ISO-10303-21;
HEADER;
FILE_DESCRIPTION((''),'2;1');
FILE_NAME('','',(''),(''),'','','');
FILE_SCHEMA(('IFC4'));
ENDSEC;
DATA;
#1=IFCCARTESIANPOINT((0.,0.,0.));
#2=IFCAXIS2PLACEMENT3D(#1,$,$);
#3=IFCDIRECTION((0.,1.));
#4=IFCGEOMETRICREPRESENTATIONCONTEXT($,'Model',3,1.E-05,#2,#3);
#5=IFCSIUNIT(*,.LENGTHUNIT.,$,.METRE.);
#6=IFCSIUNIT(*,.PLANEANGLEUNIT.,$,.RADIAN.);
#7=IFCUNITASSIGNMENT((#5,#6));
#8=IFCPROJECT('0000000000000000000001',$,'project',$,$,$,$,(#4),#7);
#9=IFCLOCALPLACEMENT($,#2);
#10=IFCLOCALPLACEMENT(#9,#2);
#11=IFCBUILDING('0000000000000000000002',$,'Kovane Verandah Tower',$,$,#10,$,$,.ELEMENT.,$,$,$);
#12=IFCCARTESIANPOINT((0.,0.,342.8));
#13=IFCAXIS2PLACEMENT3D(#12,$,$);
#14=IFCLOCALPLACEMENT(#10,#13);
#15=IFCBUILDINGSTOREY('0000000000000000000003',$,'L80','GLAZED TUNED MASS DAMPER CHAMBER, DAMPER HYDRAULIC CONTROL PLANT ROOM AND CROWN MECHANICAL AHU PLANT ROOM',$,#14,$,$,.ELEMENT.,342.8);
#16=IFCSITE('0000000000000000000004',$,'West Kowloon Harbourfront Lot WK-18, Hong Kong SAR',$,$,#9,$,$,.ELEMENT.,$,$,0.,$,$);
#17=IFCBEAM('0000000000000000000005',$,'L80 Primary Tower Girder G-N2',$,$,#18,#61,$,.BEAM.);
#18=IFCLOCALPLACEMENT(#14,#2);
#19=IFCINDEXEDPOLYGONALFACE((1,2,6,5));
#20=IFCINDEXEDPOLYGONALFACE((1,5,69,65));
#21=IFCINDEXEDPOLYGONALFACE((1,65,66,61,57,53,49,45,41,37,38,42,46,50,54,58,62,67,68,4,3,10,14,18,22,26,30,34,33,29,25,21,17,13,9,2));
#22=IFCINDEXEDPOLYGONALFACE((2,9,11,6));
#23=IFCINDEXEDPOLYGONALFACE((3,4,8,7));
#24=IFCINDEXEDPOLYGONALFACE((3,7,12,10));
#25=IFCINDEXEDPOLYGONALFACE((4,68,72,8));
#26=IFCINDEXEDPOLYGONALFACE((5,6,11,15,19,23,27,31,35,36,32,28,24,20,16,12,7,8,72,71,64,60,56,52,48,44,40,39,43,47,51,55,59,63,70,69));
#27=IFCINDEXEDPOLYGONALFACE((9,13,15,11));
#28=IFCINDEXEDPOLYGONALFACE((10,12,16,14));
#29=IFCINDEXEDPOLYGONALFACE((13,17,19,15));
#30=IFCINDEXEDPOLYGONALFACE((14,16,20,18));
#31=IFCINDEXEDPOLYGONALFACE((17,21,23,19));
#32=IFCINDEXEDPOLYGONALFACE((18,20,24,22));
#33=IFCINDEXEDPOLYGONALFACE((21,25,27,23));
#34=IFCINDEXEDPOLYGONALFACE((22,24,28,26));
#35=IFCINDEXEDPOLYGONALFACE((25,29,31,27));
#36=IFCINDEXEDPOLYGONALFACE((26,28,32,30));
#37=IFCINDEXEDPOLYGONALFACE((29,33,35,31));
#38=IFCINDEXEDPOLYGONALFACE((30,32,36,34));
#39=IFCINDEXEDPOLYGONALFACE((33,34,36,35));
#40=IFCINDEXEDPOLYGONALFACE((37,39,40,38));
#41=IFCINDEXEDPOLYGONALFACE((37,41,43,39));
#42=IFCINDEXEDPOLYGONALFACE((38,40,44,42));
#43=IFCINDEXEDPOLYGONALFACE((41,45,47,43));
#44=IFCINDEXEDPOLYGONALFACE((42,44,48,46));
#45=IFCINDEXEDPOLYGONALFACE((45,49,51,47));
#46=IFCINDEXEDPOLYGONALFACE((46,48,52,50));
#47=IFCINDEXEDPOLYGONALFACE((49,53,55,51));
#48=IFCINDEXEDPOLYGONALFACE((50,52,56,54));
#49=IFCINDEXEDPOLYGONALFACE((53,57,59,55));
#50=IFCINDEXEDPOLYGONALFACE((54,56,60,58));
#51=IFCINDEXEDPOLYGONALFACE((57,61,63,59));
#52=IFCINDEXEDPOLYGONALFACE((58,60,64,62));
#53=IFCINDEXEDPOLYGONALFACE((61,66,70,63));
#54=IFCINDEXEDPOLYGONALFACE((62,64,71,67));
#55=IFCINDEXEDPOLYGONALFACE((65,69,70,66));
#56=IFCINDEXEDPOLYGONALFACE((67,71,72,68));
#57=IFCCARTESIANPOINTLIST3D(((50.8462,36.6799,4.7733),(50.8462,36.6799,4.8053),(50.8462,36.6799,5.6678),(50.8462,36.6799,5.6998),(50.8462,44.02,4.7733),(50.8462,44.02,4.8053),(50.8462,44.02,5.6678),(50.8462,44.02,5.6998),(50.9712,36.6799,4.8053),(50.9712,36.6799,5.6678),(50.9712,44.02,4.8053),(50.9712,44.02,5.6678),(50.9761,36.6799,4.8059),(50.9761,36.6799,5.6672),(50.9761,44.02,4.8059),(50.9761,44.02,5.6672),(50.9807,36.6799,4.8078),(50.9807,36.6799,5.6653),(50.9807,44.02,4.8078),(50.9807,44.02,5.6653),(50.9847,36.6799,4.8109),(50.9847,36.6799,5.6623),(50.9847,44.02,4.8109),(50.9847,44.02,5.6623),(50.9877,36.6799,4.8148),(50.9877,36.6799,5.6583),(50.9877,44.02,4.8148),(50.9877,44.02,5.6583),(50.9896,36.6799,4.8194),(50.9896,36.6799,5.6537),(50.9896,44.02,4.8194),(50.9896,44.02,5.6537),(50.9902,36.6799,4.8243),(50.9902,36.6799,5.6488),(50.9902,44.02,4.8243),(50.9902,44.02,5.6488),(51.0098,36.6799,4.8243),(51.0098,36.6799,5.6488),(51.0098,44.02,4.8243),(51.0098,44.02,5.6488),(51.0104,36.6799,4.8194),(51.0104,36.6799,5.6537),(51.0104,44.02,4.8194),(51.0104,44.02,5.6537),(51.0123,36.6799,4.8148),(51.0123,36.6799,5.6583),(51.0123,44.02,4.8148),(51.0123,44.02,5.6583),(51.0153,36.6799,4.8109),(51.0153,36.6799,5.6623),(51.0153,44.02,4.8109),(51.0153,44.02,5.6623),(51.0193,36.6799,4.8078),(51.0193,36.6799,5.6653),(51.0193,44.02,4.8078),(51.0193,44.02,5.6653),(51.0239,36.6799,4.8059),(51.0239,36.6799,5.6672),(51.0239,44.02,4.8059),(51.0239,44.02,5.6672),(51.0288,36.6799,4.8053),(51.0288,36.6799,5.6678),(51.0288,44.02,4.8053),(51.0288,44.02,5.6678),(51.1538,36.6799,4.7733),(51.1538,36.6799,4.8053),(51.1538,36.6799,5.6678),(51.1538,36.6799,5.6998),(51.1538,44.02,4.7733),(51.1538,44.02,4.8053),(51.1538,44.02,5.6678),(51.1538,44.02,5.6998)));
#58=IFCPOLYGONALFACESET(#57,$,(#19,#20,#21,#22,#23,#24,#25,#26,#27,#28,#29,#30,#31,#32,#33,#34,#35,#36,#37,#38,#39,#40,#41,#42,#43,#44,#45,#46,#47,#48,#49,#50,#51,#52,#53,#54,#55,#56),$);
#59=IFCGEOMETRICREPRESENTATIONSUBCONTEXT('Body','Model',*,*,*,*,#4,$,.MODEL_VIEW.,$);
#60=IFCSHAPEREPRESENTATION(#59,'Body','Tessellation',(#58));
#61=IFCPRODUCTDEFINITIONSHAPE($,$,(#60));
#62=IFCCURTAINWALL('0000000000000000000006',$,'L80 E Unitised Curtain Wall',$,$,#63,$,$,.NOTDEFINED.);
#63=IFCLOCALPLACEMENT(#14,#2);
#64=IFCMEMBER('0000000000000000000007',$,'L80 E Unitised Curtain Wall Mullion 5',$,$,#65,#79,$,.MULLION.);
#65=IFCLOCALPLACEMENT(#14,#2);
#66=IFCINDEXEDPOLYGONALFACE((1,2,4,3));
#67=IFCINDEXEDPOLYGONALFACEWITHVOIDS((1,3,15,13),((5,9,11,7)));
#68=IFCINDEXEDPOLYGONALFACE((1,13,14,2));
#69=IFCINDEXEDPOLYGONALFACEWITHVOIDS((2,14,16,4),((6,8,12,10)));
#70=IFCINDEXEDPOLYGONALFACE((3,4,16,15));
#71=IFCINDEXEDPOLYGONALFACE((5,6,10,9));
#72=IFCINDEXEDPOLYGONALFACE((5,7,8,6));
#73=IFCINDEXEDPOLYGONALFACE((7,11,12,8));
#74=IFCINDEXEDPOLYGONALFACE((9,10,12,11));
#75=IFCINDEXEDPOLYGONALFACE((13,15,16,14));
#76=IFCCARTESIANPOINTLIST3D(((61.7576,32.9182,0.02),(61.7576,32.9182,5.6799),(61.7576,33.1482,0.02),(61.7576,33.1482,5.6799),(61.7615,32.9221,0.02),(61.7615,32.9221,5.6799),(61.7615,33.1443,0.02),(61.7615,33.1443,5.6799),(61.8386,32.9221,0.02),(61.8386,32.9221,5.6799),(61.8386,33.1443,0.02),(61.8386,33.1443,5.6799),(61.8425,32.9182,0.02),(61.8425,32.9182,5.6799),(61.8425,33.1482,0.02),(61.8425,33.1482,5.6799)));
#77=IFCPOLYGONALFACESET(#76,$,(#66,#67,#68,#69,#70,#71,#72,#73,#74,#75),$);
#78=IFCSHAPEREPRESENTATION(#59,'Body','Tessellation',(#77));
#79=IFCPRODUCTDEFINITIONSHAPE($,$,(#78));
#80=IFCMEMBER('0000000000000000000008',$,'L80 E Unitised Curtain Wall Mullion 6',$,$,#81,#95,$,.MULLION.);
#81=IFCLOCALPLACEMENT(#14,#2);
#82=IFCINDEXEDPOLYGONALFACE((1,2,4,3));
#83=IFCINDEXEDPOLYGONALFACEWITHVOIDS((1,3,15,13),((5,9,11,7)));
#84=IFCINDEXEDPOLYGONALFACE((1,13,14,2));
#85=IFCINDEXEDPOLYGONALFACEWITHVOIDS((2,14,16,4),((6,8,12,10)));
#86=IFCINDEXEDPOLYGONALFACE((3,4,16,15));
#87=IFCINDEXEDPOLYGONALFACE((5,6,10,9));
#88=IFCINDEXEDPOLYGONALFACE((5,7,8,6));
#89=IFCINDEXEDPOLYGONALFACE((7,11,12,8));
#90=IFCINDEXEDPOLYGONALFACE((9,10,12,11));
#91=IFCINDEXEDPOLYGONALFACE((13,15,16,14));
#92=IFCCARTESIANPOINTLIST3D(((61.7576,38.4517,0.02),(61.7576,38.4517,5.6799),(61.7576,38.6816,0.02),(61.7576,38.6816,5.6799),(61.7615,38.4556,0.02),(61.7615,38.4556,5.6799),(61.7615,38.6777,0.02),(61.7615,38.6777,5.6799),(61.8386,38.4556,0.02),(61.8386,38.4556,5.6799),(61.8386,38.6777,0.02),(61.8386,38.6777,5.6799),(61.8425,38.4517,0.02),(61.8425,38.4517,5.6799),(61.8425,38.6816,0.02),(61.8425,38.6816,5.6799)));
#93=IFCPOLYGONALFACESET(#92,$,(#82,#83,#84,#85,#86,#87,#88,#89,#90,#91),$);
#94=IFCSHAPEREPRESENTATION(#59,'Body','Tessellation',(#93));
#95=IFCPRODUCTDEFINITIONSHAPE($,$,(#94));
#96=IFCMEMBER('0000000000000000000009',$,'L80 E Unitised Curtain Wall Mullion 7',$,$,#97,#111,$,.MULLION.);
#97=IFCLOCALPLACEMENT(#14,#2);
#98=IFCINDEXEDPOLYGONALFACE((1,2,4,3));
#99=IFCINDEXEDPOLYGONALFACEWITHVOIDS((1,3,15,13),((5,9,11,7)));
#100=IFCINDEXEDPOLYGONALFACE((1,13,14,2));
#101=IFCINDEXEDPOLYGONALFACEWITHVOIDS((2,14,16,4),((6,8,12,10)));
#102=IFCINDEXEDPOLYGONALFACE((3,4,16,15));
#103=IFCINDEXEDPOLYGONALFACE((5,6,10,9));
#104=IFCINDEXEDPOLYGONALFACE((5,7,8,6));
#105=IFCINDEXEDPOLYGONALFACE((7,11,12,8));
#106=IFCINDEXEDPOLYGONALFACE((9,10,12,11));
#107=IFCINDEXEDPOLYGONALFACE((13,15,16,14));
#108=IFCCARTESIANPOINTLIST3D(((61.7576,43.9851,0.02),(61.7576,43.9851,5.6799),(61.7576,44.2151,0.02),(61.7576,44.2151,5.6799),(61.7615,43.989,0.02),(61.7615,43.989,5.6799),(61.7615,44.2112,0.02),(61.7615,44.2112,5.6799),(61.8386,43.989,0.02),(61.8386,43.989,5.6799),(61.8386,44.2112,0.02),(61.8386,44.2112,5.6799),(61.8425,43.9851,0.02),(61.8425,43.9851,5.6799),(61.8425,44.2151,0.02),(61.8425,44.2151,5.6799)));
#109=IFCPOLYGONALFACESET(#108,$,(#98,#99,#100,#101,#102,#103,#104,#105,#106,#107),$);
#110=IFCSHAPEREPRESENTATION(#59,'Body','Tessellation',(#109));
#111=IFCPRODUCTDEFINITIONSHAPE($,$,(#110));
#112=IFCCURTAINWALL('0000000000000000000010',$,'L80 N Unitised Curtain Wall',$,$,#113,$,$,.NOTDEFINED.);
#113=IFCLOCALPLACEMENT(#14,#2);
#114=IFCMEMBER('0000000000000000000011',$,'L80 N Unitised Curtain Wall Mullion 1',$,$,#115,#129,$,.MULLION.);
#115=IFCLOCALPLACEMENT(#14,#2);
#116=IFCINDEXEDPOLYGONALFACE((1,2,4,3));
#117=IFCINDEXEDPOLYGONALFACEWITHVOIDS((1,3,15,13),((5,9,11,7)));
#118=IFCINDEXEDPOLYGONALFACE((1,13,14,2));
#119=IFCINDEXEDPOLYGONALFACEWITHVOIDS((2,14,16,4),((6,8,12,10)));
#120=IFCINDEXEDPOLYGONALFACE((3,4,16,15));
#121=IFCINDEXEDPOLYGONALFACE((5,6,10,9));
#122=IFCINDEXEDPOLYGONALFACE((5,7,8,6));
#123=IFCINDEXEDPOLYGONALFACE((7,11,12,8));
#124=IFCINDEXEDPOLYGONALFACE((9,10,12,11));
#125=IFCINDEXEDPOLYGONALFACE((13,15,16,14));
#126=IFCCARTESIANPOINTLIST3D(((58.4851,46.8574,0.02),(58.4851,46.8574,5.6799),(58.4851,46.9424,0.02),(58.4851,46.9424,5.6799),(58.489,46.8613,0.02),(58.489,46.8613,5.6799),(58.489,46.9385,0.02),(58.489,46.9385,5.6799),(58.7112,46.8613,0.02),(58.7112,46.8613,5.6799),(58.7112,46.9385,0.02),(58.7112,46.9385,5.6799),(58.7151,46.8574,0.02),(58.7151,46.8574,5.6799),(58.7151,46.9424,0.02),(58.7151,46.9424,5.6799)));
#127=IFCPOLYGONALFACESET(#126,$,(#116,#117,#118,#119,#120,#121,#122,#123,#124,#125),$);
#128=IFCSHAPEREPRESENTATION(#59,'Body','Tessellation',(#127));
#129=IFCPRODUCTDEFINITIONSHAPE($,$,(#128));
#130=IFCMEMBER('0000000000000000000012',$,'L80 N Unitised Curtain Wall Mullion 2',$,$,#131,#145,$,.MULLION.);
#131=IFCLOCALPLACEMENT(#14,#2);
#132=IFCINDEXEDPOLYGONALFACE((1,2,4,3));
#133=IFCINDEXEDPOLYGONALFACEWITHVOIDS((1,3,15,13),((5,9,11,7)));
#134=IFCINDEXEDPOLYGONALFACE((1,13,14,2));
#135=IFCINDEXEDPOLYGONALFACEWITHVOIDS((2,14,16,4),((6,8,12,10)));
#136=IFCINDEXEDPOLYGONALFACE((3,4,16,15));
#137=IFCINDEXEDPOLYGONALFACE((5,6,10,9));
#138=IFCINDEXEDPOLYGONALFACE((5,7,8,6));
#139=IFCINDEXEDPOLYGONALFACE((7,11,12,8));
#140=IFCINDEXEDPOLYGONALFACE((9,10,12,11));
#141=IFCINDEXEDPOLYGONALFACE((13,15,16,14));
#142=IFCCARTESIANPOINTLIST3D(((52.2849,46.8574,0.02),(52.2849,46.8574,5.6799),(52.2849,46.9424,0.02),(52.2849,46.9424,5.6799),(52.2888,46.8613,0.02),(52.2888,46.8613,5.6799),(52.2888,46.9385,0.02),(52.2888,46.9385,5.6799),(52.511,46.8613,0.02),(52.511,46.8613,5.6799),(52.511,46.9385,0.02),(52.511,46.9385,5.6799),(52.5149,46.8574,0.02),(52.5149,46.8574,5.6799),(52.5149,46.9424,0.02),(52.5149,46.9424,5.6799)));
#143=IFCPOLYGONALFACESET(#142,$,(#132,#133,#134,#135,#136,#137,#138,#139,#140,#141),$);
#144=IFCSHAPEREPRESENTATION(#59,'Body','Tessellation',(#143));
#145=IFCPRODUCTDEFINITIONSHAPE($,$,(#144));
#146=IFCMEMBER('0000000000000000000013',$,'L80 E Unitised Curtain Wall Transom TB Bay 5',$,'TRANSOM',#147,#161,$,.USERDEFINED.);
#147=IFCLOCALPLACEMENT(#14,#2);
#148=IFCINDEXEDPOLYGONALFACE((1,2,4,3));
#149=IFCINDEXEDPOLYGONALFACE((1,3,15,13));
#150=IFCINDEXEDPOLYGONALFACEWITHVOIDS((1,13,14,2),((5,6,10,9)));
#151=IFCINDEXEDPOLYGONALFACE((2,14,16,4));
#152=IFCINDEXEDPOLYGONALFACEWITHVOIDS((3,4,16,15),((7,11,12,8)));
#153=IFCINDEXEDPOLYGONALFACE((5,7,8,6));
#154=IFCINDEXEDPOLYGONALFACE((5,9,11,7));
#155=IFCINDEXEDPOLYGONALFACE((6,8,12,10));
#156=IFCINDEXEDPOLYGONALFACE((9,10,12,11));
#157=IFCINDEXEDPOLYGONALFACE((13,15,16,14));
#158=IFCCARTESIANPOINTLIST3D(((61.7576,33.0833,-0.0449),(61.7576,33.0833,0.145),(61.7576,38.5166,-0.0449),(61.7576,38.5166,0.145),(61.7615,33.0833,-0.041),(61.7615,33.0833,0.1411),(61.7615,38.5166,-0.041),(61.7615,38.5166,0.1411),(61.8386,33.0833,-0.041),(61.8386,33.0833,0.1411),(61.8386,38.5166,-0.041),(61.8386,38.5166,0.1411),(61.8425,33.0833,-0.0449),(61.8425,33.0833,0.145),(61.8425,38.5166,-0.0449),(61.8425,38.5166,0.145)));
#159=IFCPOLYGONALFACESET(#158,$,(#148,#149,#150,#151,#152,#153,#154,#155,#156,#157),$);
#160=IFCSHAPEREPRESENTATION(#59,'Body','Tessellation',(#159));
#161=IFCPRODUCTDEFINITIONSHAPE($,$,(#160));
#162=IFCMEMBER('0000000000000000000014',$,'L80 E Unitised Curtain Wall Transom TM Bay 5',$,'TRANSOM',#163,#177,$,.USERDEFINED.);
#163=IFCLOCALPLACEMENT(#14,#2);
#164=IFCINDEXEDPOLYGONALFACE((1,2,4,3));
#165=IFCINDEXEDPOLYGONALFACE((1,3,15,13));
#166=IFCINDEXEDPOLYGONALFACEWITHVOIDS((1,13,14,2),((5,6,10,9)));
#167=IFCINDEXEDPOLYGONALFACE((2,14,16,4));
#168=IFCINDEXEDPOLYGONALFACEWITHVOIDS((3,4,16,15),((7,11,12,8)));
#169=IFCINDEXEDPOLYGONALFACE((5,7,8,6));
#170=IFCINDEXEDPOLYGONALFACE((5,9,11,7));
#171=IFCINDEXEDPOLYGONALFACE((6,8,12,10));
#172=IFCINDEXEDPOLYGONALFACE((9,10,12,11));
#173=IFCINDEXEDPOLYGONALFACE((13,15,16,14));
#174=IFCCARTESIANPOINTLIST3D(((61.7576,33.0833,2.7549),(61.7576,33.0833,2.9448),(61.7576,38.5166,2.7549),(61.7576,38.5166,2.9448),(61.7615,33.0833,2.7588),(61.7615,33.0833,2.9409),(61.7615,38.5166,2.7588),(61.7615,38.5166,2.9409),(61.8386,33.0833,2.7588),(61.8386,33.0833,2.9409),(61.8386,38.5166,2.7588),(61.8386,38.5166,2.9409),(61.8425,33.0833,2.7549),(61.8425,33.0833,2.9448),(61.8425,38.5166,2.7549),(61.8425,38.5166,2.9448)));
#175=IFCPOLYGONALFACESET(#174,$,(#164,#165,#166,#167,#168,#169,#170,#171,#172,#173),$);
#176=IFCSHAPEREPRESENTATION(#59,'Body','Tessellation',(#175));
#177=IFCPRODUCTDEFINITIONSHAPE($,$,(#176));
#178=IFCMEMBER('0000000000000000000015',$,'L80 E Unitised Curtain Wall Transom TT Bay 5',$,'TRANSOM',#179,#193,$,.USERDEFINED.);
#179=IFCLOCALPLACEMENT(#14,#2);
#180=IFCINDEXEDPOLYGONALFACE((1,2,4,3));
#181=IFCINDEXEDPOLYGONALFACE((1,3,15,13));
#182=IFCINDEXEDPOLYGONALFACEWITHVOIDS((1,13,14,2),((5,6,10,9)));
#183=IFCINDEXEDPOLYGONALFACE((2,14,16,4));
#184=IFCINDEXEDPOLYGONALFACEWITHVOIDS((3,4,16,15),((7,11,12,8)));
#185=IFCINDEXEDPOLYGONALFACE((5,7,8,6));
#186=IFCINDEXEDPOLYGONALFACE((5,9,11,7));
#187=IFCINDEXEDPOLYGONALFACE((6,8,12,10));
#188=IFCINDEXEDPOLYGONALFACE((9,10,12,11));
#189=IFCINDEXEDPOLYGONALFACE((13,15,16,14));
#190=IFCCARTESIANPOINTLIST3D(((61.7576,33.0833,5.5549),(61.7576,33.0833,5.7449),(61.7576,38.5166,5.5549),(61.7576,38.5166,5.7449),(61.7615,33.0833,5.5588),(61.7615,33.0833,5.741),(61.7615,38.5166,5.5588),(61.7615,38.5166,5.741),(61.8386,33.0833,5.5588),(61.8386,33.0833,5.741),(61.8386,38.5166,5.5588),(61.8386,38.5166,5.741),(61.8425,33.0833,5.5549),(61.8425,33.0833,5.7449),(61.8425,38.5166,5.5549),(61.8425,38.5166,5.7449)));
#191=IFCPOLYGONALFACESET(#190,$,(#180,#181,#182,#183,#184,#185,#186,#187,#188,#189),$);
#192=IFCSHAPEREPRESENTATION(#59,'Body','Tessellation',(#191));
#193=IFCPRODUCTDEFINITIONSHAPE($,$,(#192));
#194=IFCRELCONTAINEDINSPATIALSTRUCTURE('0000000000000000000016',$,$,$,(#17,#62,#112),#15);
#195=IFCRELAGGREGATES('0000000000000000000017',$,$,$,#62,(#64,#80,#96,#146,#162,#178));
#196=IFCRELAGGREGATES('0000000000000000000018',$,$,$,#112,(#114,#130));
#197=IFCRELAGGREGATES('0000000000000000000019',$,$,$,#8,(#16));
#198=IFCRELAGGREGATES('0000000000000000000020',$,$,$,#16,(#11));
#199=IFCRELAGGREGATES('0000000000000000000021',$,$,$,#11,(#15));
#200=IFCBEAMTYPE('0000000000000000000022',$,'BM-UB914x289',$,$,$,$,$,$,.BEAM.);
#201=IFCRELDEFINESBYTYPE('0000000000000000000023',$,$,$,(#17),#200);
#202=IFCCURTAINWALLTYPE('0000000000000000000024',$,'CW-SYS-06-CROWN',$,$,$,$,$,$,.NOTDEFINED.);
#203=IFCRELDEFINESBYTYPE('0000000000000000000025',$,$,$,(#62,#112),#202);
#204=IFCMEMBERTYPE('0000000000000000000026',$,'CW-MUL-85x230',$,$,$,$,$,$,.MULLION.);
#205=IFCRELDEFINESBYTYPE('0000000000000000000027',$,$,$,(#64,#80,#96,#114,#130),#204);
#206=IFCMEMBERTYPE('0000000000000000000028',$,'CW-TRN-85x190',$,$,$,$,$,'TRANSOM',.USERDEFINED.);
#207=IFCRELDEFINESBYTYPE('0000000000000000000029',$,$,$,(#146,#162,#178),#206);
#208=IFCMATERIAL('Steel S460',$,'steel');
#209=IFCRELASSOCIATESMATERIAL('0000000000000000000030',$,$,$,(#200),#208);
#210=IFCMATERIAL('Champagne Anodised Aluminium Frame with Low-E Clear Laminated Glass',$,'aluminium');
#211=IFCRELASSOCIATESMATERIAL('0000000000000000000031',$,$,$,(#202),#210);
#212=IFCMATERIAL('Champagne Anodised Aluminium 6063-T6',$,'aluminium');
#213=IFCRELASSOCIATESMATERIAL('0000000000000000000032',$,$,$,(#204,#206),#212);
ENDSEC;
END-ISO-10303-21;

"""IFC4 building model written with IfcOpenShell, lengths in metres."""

from ifc_helpers import new_model, si_unit, direction, frame, origin, origin_2d, place, context, subcontext, project, spatial, hollow_rectangle, i_section, extrude, material, material_profile, profile_set, type_object, element, aggregate, save


model = new_model("IFC4")

# Units and contexts
model_context = context("Model", 3, precision=1e-05, world=origin(), true_north=direction((0.0, 1.0)))
body_context = subcontext(model_context, "Body", "Model", "MODEL_VIEW")
ifc_project = project(units=[si_unit("LENGTHUNIT", "METRE"), si_unit("PLANEANGLEUNIT", "RADIAN")], contexts=[model_context])

# Site, building, storey
site_placement = place(None, origin())
site = spatial("IfcSite", under=ifc_project, at=site_placement, Name="West Kowloon Harbourfront Lot WK-18, Hong Kong SAR", CompositionType="ELEMENT", RefElevation=0.0)
building_placement = place(site_placement, origin())
building = spatial("IfcBuilding", under=site, at=building_placement, Name="Kovane Verandah Tower", CompositionType="ELEMENT")
storey_placement = place(building_placement, frame((0.0, 0.0, 342.8)))
storey = spatial("IfcBuildingStorey", under=building, at=storey_placement, Name="L80", Description="GLAZED TUNED MASS DAMPER CHAMBER, DAMPER HYDRAULIC CONTROL PLANT ROOM AND CROWN MECHANICAL AHU PLANT ROOM", CompositionType="ELEMENT", Elevation=342.8)

# Shared definitions
ifc_material_1 = material(Name="Steel S460", Category="steel")

# Beam
ifc_material_profile_1 = material_profile(ifc_material_1, i_section(OverallWidth=0.3076, OverallDepth=0.9265, WebThickness=0.0195, FlangeThickness=0.032, FilletRadius=0.019, at=origin_2d()), Name="UB914x305x289")
ifc_profile_set_1 = profile_set([ifc_material_profile_1], Name="Steel S460")
beam_type_1 = type_object("IfcBeamType", Name="BM-UB914x289", PredefinedType="BEAM", material=ifc_profile_set_1)
beam_1_placement = place(storey_placement, frame((51.0, 36.6799, 5.2366), z_axis=(0.0, 1.0, 0.0), x_axis=(-1.0, 0.0, 0.0)))
element("IfcBeam", 1, at=beam_1_placement, inside=storey, type_object=beam_type_1, Name="L80 Primary Tower Girder G-N2", PredefinedType="BEAM", context=body_context, shape_type="SweptSolid", body=[
    extrude(i_section(OverallWidth=0.3076, OverallDepth=0.9265, WebThickness=0.0195, FlangeThickness=0.032, FilletRadius=0.019, at=origin_2d()), origin(), (0.0, 0.0, 1.0), 7.3401),
])

# Curtain walls, members
ifc_material_2 = material(Name="Champagne Anodised Aluminium Frame with Low-E Clear Laminated Glass", Category="aluminium")
curtain_wall_type = type_object("IfcCurtainWallType", Name="CW-SYS-06-CROWN", PredefinedType="NOTDEFINED", material=ifc_material_2)
curtain_wall_1_placement = place(storey_placement, origin())
curtain_wall_1 = element("IfcCurtainWall", 2, at=curtain_wall_1_placement, inside=storey, type_object=curtain_wall_type, Name="L80 E Unitised Curtain Wall", PredefinedType="NOTDEFINED")
ifc_material_3 = material(Name="Champagne Anodised Aluminium 6063-T6", Category="aluminium")
ifc_material_profile_2 = material_profile(ifc_material_3, hollow_rectangle(XDim=0.085, YDim=0.23, WallThickness=0.0039, at=origin_2d()), Name="AL85x230x4")
ifc_profile_set_2 = profile_set([ifc_material_profile_2], Name="Champagne Anodised Aluminium 6063-T6")
member_type_1 = type_object("IfcMemberType", Name="CW-MUL-85x230", PredefinedType="MULLION", material=ifc_profile_set_2)
member_1_placement = place(storey_placement, frame((61.8, 33.0332, 0.02), z_axis=(0.0, 0.0, 1.0), x_axis=(1.0, 0.0, 0.0)))
member_1 = element("IfcMember", 3, at=member_1_placement, type_object=member_type_1, Name="L80 E Unitised Curtain Wall Mullion 5", PredefinedType="MULLION", context=body_context, shape_type="SweptSolid", body=[
    extrude(hollow_rectangle(XDim=0.085, YDim=0.23, WallThickness=0.0039, at=origin_2d()), origin(), (0.0, 0.0, 1.0), 5.6599),
])
member_2_placement = place(storey_placement, frame((61.8, 38.5667, 0.02), z_axis=(0.0, 0.0, 1.0), x_axis=(1.0, 0.0, 0.0)))
member_2 = element("IfcMember", 4, at=member_2_placement, type_object=member_type_1, Name="L80 E Unitised Curtain Wall Mullion 6", PredefinedType="MULLION", context=body_context, shape_type="SweptSolid", body=[
    extrude(hollow_rectangle(XDim=0.085, YDim=0.23, WallThickness=0.0039, at=origin_2d()), origin(), (0.0, 0.0, 1.0), 5.6599),
])
member_3_placement = place(storey_placement, frame((61.8, 44.1001, 0.02), z_axis=(0.0, 0.0, 1.0), x_axis=(1.0, 0.0, 0.0)))
member_3 = element("IfcMember", 5, at=member_3_placement, type_object=member_type_1, Name="L80 E Unitised Curtain Wall Mullion 7", PredefinedType="MULLION", context=body_context, shape_type="SweptSolid", body=[
    extrude(hollow_rectangle(XDim=0.085, YDim=0.23, WallThickness=0.0039, at=origin_2d()), origin(), (0.0, 0.0, 1.0), 5.6599),
])
curtain_wall_2_placement = place(storey_placement, origin())
curtain_wall_2 = element("IfcCurtainWall", 6, at=curtain_wall_2_placement, inside=storey, type_object=curtain_wall_type, Name="L80 N Unitised Curtain Wall", PredefinedType="NOTDEFINED")
member_4_placement = place(storey_placement, frame((58.6001, 46.8999, 0.02), z_axis=(0.0, 0.0, 1.0), x_axis=(0.0, 1.0, 0.0)))
member_4 = element("IfcMember", 7, at=member_4_placement, type_object=member_type_1, Name="L80 N Unitised Curtain Wall Mullion 1", PredefinedType="MULLION", context=body_context, shape_type="SweptSolid", body=[
    extrude(hollow_rectangle(XDim=0.085, YDim=0.23, WallThickness=0.0039, at=origin_2d()), origin(), (0.0, 0.0, 1.0), 5.6599),
])
member_5_placement = place(storey_placement, frame((52.3999, 46.8999, 0.02), z_axis=(0.0, 0.0, 1.0), x_axis=(0.0, 1.0, 0.0)))
member_5 = element("IfcMember", 8, at=member_5_placement, type_object=member_type_1, Name="L80 N Unitised Curtain Wall Mullion 2", PredefinedType="MULLION", context=body_context, shape_type="SweptSolid", body=[
    extrude(hollow_rectangle(XDim=0.085, YDim=0.23, WallThickness=0.0039, at=origin_2d()), origin(), (0.0, 0.0, 1.0), 5.6599),
])

# Members
ifc_material_profile_3 = material_profile(ifc_material_3, hollow_rectangle(XDim=0.085, YDim=0.1899, WallThickness=0.0039, at=origin_2d()), Name="AL85x190x4")
ifc_profile_set_3 = profile_set([ifc_material_profile_3], Name="Champagne Anodised Aluminium 6063-T6")
member_type_2 = type_object("IfcMemberType", Name="CW-TRN-85x190", ElementType="TRANSOM", PredefinedType="USERDEFINED", material=ifc_profile_set_3)
member_6_placement = place(storey_placement, frame((61.8, 33.0833, 0.05), z_axis=(0.0, 1.0, 0.0), x_axis=(-1.0, 0.0, 0.0)))
member_6 = element("IfcMember", 9, at=member_6_placement, type_object=member_type_2, Name="L80 E Unitised Curtain Wall Transom TB Bay 5", ObjectType="TRANSOM", PredefinedType="USERDEFINED", context=body_context, shape_type="SweptSolid", body=[
    extrude(hollow_rectangle(XDim=0.085, YDim=0.1899, WallThickness=0.0039, at=origin_2d()), origin(), (0.0, 0.0, 1.0), 5.4333),
])
member_7_placement = place(storey_placement, frame((61.8, 33.0833, 2.8499), z_axis=(0.0, 1.0, 0.0), x_axis=(-1.0, 0.0, 0.0)))
member_7 = element("IfcMember", 10, at=member_7_placement, type_object=member_type_2, Name="L80 E Unitised Curtain Wall Transom TM Bay 5", ObjectType="TRANSOM", PredefinedType="USERDEFINED", context=body_context, shape_type="SweptSolid", body=[
    extrude(hollow_rectangle(XDim=0.085, YDim=0.1899, WallThickness=0.0039, at=origin_2d()), origin(), (0.0, 0.0, 1.0), 5.4333),
])
member_8_placement = place(storey_placement, frame((61.8, 33.0833, 5.6499), z_axis=(0.0, 1.0, 0.0), x_axis=(-1.0, 0.0, 0.0)))
member_8 = element("IfcMember", 11, at=member_8_placement, type_object=member_type_2, Name="L80 E Unitised Curtain Wall Transom TT Bay 5", ObjectType="TRANSOM", PredefinedType="USERDEFINED", context=body_context, shape_type="SweptSolid", body=[
    extrude(hollow_rectangle(XDim=0.085, YDim=0.1899, WallThickness=0.0039, at=origin_2d()), origin(), (0.0, 0.0, 1.0), 5.4333),
])

aggregate(curtain_wall_1, [member_1, member_2, member_3, member_6, member_7, member_8])
aggregate(curtain_wall_2, [member_4, member_5])

save(model, "model.ifc")
